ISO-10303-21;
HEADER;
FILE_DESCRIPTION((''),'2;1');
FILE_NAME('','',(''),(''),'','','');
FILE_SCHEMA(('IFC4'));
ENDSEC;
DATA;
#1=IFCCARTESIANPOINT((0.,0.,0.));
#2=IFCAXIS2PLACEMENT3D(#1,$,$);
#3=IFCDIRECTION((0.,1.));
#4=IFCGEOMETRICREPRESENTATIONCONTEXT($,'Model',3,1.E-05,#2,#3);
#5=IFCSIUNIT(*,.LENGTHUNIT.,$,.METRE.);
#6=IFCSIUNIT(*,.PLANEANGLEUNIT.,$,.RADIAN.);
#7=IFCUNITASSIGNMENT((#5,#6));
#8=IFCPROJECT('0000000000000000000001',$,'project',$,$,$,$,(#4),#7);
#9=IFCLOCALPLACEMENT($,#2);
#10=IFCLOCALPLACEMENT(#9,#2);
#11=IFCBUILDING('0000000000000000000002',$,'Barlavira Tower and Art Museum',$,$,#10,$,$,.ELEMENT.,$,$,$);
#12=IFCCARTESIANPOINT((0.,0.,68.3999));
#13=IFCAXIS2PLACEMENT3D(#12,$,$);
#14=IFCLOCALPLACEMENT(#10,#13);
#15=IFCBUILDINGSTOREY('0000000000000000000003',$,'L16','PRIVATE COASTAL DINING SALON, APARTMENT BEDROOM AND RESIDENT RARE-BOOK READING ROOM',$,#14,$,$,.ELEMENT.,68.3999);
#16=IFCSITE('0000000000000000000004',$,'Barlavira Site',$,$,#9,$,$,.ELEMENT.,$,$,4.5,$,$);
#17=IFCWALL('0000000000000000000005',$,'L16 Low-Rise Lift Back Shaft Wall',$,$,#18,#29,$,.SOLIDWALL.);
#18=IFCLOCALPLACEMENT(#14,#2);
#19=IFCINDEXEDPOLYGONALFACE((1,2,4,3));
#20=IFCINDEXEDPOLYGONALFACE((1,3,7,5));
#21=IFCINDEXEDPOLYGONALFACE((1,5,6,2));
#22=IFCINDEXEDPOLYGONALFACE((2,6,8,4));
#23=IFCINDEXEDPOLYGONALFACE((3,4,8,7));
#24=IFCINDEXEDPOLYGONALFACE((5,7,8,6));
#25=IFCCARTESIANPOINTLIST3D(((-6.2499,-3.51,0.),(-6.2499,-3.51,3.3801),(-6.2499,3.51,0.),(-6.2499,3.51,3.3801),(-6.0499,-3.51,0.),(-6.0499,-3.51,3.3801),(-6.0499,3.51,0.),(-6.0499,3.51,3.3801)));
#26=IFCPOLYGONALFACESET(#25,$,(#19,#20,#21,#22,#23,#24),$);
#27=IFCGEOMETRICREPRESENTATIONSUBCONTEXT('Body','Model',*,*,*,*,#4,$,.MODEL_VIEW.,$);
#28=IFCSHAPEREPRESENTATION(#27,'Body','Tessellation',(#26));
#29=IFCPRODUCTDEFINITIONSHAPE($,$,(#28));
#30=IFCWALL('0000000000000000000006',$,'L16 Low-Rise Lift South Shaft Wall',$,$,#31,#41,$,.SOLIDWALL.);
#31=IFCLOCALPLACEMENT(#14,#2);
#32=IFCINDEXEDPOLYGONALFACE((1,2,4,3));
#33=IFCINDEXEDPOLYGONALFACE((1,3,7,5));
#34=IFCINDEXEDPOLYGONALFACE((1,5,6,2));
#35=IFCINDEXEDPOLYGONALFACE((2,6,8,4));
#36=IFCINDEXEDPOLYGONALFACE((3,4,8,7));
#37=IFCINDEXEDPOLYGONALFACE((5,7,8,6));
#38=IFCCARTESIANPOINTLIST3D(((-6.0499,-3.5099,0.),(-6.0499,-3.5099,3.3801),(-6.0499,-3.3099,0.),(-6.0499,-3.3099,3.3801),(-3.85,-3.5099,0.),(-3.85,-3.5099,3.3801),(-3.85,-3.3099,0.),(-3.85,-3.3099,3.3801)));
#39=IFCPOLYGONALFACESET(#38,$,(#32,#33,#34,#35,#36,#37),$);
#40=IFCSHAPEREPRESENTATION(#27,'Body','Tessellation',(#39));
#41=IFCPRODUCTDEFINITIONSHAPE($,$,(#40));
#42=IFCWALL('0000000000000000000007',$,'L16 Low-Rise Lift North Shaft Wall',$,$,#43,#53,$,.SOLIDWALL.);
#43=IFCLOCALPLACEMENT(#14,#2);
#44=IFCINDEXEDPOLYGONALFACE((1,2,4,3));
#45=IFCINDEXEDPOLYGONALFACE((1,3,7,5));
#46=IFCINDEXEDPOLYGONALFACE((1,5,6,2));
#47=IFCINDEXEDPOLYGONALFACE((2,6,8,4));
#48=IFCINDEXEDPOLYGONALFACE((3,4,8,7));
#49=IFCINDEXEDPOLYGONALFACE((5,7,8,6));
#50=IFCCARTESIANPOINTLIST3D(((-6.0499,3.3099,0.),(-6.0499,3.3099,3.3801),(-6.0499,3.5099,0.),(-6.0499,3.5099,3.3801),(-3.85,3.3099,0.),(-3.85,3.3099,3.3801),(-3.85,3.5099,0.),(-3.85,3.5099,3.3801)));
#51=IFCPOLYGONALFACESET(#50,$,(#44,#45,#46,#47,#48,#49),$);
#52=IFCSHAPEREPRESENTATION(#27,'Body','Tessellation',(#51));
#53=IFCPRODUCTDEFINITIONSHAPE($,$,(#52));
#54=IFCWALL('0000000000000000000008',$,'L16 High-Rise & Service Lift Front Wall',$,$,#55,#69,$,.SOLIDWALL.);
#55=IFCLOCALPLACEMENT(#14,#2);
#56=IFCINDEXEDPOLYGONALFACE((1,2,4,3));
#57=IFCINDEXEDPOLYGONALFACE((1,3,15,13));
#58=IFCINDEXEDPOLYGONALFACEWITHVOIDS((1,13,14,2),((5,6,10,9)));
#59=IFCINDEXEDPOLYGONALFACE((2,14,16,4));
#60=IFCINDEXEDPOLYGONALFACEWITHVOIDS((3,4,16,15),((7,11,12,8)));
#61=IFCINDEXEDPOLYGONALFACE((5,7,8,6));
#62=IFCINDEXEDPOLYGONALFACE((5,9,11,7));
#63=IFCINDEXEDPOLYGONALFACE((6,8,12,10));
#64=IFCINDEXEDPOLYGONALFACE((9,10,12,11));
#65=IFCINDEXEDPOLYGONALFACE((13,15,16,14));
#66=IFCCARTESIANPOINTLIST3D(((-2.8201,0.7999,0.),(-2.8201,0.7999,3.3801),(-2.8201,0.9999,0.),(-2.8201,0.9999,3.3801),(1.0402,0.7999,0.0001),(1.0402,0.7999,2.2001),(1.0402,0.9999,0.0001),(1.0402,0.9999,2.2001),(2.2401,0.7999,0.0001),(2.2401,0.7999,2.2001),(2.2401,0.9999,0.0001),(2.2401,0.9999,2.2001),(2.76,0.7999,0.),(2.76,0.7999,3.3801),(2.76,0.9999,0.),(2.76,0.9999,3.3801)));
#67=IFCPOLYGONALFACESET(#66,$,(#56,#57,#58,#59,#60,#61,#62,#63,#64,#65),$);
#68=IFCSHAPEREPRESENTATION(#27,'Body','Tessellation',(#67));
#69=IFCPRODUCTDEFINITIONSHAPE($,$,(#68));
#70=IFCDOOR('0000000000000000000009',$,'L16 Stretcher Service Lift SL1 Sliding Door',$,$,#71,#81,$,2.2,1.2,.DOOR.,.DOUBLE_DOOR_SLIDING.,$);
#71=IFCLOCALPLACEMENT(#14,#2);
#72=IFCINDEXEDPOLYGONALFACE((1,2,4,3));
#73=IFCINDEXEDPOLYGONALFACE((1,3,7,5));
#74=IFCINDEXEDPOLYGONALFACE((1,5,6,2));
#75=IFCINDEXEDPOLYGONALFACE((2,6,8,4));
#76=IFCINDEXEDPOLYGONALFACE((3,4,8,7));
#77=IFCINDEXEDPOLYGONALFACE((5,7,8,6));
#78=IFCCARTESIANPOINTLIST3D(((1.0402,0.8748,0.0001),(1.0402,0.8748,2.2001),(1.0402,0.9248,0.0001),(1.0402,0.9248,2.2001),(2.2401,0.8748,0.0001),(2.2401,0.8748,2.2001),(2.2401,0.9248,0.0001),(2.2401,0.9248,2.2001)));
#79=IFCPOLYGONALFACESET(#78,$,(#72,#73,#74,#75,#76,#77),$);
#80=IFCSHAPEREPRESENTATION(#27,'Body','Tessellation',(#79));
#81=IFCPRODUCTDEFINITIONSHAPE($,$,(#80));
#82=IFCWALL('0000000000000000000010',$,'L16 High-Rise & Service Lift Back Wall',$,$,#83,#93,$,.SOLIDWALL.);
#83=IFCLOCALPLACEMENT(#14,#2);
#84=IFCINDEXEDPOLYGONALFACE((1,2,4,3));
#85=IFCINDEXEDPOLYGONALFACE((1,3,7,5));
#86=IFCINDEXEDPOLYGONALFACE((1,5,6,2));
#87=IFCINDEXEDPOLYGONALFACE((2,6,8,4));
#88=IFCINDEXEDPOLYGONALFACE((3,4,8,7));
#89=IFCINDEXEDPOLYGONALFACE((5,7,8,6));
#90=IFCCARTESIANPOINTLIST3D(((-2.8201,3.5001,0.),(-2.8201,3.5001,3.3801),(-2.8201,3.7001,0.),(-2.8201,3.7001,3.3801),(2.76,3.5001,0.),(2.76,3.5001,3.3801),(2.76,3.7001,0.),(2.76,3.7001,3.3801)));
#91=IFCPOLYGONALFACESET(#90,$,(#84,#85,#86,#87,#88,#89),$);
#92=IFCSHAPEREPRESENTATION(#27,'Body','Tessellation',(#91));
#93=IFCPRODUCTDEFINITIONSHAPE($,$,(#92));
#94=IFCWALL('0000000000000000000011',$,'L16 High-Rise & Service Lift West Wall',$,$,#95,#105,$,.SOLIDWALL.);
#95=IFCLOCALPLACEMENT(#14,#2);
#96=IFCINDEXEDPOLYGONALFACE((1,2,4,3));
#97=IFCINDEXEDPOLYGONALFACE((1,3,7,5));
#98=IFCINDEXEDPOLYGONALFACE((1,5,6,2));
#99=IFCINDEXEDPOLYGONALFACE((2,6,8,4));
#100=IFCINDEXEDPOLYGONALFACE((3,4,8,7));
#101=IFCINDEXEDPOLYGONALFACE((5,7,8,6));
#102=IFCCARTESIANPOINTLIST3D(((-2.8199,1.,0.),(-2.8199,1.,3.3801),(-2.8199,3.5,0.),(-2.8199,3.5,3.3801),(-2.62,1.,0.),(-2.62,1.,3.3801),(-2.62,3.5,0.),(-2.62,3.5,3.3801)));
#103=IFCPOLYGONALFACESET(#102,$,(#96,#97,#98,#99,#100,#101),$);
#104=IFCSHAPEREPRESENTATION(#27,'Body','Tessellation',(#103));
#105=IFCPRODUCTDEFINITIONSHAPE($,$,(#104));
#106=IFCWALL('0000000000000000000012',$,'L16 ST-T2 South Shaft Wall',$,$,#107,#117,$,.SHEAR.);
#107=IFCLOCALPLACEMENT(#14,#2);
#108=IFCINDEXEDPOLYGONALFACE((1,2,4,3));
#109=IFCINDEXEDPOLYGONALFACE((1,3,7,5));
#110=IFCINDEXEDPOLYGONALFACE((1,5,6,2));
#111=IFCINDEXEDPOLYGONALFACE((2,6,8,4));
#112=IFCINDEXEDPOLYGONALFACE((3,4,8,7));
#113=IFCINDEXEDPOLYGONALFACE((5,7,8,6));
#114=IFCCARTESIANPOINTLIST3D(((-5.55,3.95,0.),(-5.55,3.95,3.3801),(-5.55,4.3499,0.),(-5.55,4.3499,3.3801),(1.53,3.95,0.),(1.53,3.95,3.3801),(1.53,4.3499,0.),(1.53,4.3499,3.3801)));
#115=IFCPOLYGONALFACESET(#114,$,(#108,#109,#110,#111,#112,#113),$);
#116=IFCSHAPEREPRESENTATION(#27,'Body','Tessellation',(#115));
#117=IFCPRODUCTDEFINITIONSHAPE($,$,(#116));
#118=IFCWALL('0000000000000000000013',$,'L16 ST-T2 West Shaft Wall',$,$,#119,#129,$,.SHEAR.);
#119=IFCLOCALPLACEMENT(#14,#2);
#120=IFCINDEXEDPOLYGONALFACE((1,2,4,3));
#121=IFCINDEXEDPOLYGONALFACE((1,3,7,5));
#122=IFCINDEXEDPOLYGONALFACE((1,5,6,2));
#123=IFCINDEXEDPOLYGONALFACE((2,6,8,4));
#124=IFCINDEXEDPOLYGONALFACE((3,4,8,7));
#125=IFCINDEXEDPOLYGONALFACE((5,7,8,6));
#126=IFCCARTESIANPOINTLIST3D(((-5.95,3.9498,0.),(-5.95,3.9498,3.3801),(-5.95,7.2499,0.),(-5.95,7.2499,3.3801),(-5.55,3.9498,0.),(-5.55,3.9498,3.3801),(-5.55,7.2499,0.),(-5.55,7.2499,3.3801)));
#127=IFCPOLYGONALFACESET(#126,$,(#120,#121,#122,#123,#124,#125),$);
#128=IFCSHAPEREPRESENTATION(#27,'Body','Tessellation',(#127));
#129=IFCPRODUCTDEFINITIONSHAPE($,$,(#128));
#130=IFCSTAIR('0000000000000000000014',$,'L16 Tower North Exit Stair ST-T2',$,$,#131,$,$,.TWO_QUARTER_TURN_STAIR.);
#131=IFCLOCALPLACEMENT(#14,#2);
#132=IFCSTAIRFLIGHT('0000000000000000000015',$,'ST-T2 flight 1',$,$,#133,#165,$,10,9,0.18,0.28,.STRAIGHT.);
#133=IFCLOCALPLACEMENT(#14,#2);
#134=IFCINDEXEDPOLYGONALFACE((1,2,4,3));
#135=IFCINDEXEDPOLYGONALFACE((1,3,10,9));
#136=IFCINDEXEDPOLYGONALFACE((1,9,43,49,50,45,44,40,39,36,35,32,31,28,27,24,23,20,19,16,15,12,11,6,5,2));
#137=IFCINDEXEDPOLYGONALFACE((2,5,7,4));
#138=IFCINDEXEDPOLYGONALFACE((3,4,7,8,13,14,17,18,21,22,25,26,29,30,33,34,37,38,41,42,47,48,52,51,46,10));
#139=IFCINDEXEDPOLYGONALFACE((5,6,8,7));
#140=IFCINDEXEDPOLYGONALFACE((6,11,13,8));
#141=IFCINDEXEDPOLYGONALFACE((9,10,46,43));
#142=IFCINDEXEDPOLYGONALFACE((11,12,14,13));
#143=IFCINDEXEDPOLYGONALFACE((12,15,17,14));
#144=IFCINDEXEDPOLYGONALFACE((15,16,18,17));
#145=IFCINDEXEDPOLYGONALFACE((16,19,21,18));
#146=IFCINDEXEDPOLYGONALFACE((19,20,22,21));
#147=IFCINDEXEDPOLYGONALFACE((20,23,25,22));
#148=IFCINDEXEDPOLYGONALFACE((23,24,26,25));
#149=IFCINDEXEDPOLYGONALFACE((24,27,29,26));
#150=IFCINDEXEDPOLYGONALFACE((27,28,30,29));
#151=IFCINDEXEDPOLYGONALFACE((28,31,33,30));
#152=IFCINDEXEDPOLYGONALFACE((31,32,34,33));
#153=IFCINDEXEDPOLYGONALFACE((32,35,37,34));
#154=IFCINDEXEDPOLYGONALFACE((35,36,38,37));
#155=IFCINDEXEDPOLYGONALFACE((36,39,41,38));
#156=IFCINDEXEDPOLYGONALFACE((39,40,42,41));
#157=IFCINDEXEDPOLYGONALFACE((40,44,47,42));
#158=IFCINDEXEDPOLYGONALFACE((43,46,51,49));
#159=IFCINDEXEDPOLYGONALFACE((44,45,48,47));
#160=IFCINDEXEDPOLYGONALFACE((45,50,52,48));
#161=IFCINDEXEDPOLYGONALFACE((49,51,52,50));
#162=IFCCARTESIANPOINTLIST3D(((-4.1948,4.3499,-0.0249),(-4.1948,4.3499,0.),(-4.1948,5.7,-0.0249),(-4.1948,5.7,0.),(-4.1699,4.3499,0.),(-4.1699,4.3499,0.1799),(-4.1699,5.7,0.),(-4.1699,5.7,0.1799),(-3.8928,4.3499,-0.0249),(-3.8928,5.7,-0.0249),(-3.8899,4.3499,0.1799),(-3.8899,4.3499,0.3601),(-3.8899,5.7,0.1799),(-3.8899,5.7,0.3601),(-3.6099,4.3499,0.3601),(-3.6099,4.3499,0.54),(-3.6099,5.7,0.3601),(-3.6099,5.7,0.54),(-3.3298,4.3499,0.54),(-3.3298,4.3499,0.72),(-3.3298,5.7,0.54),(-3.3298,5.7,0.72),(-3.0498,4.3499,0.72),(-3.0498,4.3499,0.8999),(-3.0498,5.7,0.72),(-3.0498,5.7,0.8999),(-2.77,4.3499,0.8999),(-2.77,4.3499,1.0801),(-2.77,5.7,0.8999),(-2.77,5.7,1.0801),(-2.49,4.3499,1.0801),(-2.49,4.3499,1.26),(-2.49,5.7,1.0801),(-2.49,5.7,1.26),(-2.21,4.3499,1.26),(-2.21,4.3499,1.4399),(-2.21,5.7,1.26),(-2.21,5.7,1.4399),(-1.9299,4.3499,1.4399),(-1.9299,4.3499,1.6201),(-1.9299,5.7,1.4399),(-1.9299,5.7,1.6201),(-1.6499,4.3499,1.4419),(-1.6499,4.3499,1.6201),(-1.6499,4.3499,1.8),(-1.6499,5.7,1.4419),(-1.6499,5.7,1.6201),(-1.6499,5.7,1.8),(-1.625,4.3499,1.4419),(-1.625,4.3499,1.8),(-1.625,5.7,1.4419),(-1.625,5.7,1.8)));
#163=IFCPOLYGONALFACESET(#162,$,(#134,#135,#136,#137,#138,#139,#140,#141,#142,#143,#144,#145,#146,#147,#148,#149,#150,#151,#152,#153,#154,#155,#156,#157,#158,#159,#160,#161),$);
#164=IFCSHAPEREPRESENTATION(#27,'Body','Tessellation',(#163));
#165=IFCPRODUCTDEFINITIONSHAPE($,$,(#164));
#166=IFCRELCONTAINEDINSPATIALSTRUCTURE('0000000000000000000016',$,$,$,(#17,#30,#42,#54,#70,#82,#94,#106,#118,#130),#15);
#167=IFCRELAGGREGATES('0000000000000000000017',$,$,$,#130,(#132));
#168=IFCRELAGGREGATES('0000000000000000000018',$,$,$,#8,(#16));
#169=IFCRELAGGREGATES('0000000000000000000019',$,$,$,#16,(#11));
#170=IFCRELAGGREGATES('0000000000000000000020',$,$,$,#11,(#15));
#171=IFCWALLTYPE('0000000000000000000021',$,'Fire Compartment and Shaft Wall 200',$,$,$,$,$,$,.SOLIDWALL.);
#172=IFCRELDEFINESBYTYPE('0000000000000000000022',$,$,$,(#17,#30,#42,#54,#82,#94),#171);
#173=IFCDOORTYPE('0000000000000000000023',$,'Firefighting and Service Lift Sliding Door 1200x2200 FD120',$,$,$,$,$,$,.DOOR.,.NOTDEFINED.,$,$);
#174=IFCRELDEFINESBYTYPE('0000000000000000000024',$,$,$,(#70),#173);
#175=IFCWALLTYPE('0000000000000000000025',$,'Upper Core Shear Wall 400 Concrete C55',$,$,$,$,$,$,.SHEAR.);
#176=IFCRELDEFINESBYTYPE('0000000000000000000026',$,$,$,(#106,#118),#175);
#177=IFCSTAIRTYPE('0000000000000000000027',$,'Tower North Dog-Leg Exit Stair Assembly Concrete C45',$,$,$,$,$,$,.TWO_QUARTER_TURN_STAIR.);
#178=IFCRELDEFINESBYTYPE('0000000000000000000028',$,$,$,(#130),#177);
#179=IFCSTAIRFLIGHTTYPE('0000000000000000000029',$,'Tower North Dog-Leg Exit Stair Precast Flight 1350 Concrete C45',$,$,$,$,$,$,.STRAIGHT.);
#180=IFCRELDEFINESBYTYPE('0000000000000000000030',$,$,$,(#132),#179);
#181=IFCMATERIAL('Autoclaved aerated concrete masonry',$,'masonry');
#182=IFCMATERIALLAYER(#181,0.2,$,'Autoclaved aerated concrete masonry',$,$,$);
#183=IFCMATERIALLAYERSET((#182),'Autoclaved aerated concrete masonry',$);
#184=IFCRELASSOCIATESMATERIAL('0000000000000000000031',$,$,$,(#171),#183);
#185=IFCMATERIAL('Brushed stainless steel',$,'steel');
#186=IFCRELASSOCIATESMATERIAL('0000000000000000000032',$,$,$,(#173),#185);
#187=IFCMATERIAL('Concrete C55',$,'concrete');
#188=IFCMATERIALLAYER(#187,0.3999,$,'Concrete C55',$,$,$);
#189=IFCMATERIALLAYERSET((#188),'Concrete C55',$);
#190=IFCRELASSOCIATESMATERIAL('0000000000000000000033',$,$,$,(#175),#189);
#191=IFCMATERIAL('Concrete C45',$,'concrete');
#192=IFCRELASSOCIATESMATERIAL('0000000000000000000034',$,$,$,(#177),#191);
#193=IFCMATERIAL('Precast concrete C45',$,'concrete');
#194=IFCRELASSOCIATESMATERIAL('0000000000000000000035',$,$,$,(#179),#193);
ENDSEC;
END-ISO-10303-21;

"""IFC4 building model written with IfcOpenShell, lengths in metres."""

from ifc_helpers import new_model, si_unit, direction, frame, frame_2d, origin, place, context, subcontext, project, spatial, polyline, rectangle, outline, extrude, material, layer, layer_set, type_object, element, fill, aggregate, save


model = new_model("IFC4")

# Units and contexts
model_context = context("Model", 3, precision=1e-05, world=origin(), true_north=direction((0.0, 1.0)))
body_context = subcontext(model_context, "Body", "Model", "MODEL_VIEW")
ifc_project = project(units=[si_unit("LENGTHUNIT", "METRE"), si_unit("PLANEANGLEUNIT", "RADIAN")], contexts=[model_context])

# Site, building, storey
site_placement = place(None, origin())
site = spatial("IfcSite", under=ifc_project, at=site_placement, Name="Barlavira Site", CompositionType="ELEMENT", RefElevation=4.5)
building_placement = place(site_placement, origin())
building = spatial("IfcBuilding", under=site, at=building_placement, Name="Barlavira Tower and Art Museum", CompositionType="ELEMENT")
storey_placement = place(building_placement, frame((0.0, 0.0, 68.3999)))
storey = spatial("IfcBuildingStorey", under=building, at=storey_placement, Name="L16", Description="PRIVATE COASTAL DINING SALON, APARTMENT BEDROOM AND RESIDENT RARE-BOOK READING ROOM", CompositionType="ELEMENT", Elevation=68.3999)

# Walls
ifc_material_1 = material(Name="Autoclaved aerated concrete masonry", Category="masonry")
ifc_layer_1 = layer(ifc_material_1, 0.2, Name="Autoclaved aerated concrete masonry")
ifc_layer_set_1 = layer_set([ifc_layer_1], Name="Autoclaved aerated concrete masonry")
wall_type_1 = type_object("IfcWallType", Name="Fire Compartment and Shaft Wall 200", PredefinedType="SOLIDWALL", material=ifc_layer_set_1)
wall_1_placement = place(storey_placement, frame((-6.1499, -3.51, 0.0), z_axis=(0.0, 0.0, 1.0), x_axis=(0.0, 1.0, 0.0)))
element("IfcWall", 1, at=wall_1_placement, inside=storey, type_object=wall_type_1, Name="L16 Low-Rise Lift Back Shaft Wall", PredefinedType="SOLIDWALL", context=body_context, shape_type="SweptSolid", body=[
    extrude(rectangle(XDim=7.02, YDim=0.2, at=frame_2d((3.51, 0.0))), origin(), (0.0, 0.0, 1.0), 3.3801),
])
for number, where, z_axis, x_axis, name in (
    (2, (-6.05, -3.4099, 0.0), (0.0, 0.0, 1.0), (1.0, 0.0, 0.0), "L16 Low-Rise Lift South Shaft Wall"),
    (3, (-6.05, 3.4099, 0.0), (0.0, 0.0, 1.0), (1.0, 0.0, 0.0), "L16 Low-Rise Lift North Shaft Wall"),
):
    element("IfcWall", number, at=place(storey_placement, frame(where, z_axis=z_axis, x_axis=x_axis)), inside=storey, type_object=wall_type_1, Name=name, PredefinedType="SOLIDWALL", context=body_context, shape_type="SweptSolid", body=[
        extrude(rectangle(XDim=2.2, YDim=0.2, at=frame_2d((1.1001, 0.0))), origin(), (0.0, 0.0, 1.0), 3.3801),
    ])

# Wall, opening, door
wall_2_placement = place(storey_placement, frame((-2.8201, 0.8999, 0.0), z_axis=(0.0, 0.0, 1.0), x_axis=(1.0, 0.0, 0.0)))
wall_2 = element("IfcWall", 4, at=wall_2_placement, inside=storey, type_object=wall_type_1, Name="L16 High-Rise & Service Lift Front Wall", PredefinedType="SOLIDWALL", context=body_context, shape_type="SweptSolid", body=[
    extrude(rectangle(XDim=5.5801, YDim=0.2, at=frame_2d((2.79, 0.0))), origin(), (0.0, 0.0, 1.0), 3.3801),
])
opening_1_placement = place(wall_2_placement, frame((3.8601, 0.0, 0.0)))
opening_1 = element("IfcOpeningElement", 5, at=opening_1_placement, cuts=wall_2, PredefinedType="OPENING", context=body_context, shape_type="SweptSolid", body=[
    extrude(rectangle(XDim=1.2, YDim=2.2, at=frame_2d((0.6001, 1.1001))), frame((0.0, 0.1099, 0.0), z_axis=(0.0, -1.0, 0.0), x_axis=(1.0, 0.0, 0.0)), (0.0, 0.0, 1.0), 0.22),
])
ifc_material_2 = material(Name="Brushed stainless steel", Category="steel")
door_type_1 = type_object("IfcDoorType", Name="Firefighting and Service Lift Sliding Door 1200x2200 FD120", OperationType="NOTDEFINED", PredefinedType="DOOR", material=ifc_material_2)
door_1_placement = place(opening_1_placement, origin())
door_1 = element("IfcDoor", 6, at=door_1_placement, inside=storey, type_object=door_type_1, Name="L16 Stretcher Service Lift SL1 Sliding Door", OperationType="DOUBLE_DOOR_SLIDING", OverallHeight=2.2, OverallWidth=1.2, PredefinedType="DOOR", context=body_context, shape_type="SweptSolid", body=[
    extrude(rectangle(XDim=1.2, YDim=2.2, at=frame_2d((0.6001, 1.1001))), frame((0.0, 0.0249, 0.0), z_axis=(0.0, -1.0, 0.0), x_axis=(1.0, 0.0, 0.0)), (0.0, 0.0, 1.0), 0.05),
])
fill(opening_1, door_1)

# Walls
wall_3_placement = place(storey_placement, frame((-2.8201, 3.6001, 0.0), z_axis=(0.0, 0.0, 1.0), x_axis=(1.0, 0.0, 0.0)))
element("IfcWall", 7, at=wall_3_placement, inside=storey, type_object=wall_type_1, Name="L16 High-Rise & Service Lift Back Wall", PredefinedType="SOLIDWALL", context=body_context, shape_type="SweptSolid", body=[
    extrude(rectangle(XDim=5.5801, YDim=0.2, at=frame_2d((2.79, 0.0))), origin(), (0.0, 0.0, 1.0), 3.3801),
])
wall_4_placement = place(storey_placement, frame((-2.72, 1.0, 0.0), z_axis=(0.0, 0.0, 1.0), x_axis=(0.0, 1.0, 0.0)))
element("IfcWall", 8, at=wall_4_placement, inside=storey, type_object=wall_type_1, Name="L16 High-Rise & Service Lift West Wall", PredefinedType="SOLIDWALL", context=body_context, shape_type="SweptSolid", body=[
    extrude(rectangle(XDim=2.5, YDim=0.2, at=frame_2d((1.25, 0.0))), origin(), (0.0, 0.0, 1.0), 3.3801),
])
ifc_material_3 = material(Name="Concrete C55", Category="concrete")
ifc_layer_2 = layer(ifc_material_3, 0.3999, Name="Concrete C55")
ifc_layer_set_2 = layer_set([ifc_layer_2], Name="Concrete C55")
wall_type_2 = type_object("IfcWallType", Name="Upper Core Shear Wall 400 Concrete C55", PredefinedType="SHEAR", material=ifc_layer_set_2)
wall_5_placement = place(storey_placement, frame((-5.55, 4.1499, 0.0), z_axis=(0.0, 0.0, 1.0), x_axis=(1.0, 0.0, 0.0)))
element("IfcWall", 9, at=wall_5_placement, inside=storey, type_object=wall_type_2, Name="L16 ST-T2 South Shaft Wall", PredefinedType="SHEAR", context=body_context, shape_type="SweptSolid", body=[
    extrude(rectangle(XDim=7.0801, YDim=0.3999, at=frame_2d((3.54, 0.0))), origin(), (0.0, 0.0, 1.0), 3.3801),
])
wall_6_placement = place(storey_placement, frame((-5.75, 3.95, 0.0), z_axis=(0.0, 0.0, 1.0), x_axis=(0.0, 1.0, 0.0)))
element("IfcWall", 10, at=wall_6_placement, inside=storey, type_object=wall_type_2, Name="L16 ST-T2 West Shaft Wall", PredefinedType="SHEAR", context=body_context, shape_type="SweptSolid", body=[
    extrude(rectangle(XDim=3.3, YDim=0.3999, at=frame_2d((1.6499, 0.0))), origin(), (0.0, 0.0, 1.0), 3.3801),
])

# Stair, stair flight
ifc_material_4 = material(Name="Concrete C45", Category="concrete")
stair_type = type_object("IfcStairType", Name="Tower North Dog-Leg Exit Stair Assembly Concrete C45", PredefinedType="TWO_QUARTER_TURN_STAIR", material=ifc_material_4)
stair_placement = place(storey_placement, origin())
stair = element("IfcStair", 11, at=stair_placement, inside=storey, type_object=stair_type, Name="L16 Tower North Exit Stair ST-T2", PredefinedType="TWO_QUARTER_TURN_STAIR")
ifc_material_5 = material(Name="Precast concrete C45", Category="concrete")
stair_flight_type = type_object("IfcStairFlightType", Name="Tower North Dog-Leg Exit Stair Precast Flight 1350 Concrete C45", PredefinedType="STRAIGHT", material=ifc_material_5)
stair_flight_1_placement = place(storey_placement, frame((-4.1699, 5.0249, 0.0), z_axis=(0.0, 0.0, 1.0), x_axis=(1.0, 0.0, 0.0)))
stair_flight_1 = element("IfcStairFlight", 12, at=stair_flight_1_placement, type_object=stair_flight_type, Name="ST-T2 flight 1", NumberOfRisers=10, NumberOfTreads=9, PredefinedType="STRAIGHT", RiserHeight=0.18, TreadLength=0.28, context=body_context, shape_type="SweptSolid", body=[
    extrude(outline(polyline([(-0.0249, 0.0), (0.0, 0.0), (0.0, 0.1799), (0.28, 0.1799), (0.28, 0.3601), (0.5601, 0.3601), (0.5601, 0.54), (0.8401, 0.54), (0.8401, 0.72), (1.1201, 0.72), (1.1201, 0.8999), (1.3999, 0.8999), (1.3999, 1.0801), (1.6799, 1.0801), (1.6799, 1.26), (1.96, 1.26), (1.96, 1.4399), (2.24, 1.4399), (2.24, 1.6201), (2.52, 1.6201), (2.52, 1.8), (2.5449, 1.8), (2.5449, 1.4419), (2.52, 1.4419), (0.2771, -0.0249), (-0.0249, -0.0249), (-0.0249, 0.0)])), frame((0.0, 0.675, 0.0), z_axis=(0.0, -1.0, 0.0), x_axis=(1.0, 0.0, 0.0)), (0.0, 0.0, 1.0), 1.3501),
])
aggregate(stair, [stair_flight_1])

save(model, "model.ifc")
